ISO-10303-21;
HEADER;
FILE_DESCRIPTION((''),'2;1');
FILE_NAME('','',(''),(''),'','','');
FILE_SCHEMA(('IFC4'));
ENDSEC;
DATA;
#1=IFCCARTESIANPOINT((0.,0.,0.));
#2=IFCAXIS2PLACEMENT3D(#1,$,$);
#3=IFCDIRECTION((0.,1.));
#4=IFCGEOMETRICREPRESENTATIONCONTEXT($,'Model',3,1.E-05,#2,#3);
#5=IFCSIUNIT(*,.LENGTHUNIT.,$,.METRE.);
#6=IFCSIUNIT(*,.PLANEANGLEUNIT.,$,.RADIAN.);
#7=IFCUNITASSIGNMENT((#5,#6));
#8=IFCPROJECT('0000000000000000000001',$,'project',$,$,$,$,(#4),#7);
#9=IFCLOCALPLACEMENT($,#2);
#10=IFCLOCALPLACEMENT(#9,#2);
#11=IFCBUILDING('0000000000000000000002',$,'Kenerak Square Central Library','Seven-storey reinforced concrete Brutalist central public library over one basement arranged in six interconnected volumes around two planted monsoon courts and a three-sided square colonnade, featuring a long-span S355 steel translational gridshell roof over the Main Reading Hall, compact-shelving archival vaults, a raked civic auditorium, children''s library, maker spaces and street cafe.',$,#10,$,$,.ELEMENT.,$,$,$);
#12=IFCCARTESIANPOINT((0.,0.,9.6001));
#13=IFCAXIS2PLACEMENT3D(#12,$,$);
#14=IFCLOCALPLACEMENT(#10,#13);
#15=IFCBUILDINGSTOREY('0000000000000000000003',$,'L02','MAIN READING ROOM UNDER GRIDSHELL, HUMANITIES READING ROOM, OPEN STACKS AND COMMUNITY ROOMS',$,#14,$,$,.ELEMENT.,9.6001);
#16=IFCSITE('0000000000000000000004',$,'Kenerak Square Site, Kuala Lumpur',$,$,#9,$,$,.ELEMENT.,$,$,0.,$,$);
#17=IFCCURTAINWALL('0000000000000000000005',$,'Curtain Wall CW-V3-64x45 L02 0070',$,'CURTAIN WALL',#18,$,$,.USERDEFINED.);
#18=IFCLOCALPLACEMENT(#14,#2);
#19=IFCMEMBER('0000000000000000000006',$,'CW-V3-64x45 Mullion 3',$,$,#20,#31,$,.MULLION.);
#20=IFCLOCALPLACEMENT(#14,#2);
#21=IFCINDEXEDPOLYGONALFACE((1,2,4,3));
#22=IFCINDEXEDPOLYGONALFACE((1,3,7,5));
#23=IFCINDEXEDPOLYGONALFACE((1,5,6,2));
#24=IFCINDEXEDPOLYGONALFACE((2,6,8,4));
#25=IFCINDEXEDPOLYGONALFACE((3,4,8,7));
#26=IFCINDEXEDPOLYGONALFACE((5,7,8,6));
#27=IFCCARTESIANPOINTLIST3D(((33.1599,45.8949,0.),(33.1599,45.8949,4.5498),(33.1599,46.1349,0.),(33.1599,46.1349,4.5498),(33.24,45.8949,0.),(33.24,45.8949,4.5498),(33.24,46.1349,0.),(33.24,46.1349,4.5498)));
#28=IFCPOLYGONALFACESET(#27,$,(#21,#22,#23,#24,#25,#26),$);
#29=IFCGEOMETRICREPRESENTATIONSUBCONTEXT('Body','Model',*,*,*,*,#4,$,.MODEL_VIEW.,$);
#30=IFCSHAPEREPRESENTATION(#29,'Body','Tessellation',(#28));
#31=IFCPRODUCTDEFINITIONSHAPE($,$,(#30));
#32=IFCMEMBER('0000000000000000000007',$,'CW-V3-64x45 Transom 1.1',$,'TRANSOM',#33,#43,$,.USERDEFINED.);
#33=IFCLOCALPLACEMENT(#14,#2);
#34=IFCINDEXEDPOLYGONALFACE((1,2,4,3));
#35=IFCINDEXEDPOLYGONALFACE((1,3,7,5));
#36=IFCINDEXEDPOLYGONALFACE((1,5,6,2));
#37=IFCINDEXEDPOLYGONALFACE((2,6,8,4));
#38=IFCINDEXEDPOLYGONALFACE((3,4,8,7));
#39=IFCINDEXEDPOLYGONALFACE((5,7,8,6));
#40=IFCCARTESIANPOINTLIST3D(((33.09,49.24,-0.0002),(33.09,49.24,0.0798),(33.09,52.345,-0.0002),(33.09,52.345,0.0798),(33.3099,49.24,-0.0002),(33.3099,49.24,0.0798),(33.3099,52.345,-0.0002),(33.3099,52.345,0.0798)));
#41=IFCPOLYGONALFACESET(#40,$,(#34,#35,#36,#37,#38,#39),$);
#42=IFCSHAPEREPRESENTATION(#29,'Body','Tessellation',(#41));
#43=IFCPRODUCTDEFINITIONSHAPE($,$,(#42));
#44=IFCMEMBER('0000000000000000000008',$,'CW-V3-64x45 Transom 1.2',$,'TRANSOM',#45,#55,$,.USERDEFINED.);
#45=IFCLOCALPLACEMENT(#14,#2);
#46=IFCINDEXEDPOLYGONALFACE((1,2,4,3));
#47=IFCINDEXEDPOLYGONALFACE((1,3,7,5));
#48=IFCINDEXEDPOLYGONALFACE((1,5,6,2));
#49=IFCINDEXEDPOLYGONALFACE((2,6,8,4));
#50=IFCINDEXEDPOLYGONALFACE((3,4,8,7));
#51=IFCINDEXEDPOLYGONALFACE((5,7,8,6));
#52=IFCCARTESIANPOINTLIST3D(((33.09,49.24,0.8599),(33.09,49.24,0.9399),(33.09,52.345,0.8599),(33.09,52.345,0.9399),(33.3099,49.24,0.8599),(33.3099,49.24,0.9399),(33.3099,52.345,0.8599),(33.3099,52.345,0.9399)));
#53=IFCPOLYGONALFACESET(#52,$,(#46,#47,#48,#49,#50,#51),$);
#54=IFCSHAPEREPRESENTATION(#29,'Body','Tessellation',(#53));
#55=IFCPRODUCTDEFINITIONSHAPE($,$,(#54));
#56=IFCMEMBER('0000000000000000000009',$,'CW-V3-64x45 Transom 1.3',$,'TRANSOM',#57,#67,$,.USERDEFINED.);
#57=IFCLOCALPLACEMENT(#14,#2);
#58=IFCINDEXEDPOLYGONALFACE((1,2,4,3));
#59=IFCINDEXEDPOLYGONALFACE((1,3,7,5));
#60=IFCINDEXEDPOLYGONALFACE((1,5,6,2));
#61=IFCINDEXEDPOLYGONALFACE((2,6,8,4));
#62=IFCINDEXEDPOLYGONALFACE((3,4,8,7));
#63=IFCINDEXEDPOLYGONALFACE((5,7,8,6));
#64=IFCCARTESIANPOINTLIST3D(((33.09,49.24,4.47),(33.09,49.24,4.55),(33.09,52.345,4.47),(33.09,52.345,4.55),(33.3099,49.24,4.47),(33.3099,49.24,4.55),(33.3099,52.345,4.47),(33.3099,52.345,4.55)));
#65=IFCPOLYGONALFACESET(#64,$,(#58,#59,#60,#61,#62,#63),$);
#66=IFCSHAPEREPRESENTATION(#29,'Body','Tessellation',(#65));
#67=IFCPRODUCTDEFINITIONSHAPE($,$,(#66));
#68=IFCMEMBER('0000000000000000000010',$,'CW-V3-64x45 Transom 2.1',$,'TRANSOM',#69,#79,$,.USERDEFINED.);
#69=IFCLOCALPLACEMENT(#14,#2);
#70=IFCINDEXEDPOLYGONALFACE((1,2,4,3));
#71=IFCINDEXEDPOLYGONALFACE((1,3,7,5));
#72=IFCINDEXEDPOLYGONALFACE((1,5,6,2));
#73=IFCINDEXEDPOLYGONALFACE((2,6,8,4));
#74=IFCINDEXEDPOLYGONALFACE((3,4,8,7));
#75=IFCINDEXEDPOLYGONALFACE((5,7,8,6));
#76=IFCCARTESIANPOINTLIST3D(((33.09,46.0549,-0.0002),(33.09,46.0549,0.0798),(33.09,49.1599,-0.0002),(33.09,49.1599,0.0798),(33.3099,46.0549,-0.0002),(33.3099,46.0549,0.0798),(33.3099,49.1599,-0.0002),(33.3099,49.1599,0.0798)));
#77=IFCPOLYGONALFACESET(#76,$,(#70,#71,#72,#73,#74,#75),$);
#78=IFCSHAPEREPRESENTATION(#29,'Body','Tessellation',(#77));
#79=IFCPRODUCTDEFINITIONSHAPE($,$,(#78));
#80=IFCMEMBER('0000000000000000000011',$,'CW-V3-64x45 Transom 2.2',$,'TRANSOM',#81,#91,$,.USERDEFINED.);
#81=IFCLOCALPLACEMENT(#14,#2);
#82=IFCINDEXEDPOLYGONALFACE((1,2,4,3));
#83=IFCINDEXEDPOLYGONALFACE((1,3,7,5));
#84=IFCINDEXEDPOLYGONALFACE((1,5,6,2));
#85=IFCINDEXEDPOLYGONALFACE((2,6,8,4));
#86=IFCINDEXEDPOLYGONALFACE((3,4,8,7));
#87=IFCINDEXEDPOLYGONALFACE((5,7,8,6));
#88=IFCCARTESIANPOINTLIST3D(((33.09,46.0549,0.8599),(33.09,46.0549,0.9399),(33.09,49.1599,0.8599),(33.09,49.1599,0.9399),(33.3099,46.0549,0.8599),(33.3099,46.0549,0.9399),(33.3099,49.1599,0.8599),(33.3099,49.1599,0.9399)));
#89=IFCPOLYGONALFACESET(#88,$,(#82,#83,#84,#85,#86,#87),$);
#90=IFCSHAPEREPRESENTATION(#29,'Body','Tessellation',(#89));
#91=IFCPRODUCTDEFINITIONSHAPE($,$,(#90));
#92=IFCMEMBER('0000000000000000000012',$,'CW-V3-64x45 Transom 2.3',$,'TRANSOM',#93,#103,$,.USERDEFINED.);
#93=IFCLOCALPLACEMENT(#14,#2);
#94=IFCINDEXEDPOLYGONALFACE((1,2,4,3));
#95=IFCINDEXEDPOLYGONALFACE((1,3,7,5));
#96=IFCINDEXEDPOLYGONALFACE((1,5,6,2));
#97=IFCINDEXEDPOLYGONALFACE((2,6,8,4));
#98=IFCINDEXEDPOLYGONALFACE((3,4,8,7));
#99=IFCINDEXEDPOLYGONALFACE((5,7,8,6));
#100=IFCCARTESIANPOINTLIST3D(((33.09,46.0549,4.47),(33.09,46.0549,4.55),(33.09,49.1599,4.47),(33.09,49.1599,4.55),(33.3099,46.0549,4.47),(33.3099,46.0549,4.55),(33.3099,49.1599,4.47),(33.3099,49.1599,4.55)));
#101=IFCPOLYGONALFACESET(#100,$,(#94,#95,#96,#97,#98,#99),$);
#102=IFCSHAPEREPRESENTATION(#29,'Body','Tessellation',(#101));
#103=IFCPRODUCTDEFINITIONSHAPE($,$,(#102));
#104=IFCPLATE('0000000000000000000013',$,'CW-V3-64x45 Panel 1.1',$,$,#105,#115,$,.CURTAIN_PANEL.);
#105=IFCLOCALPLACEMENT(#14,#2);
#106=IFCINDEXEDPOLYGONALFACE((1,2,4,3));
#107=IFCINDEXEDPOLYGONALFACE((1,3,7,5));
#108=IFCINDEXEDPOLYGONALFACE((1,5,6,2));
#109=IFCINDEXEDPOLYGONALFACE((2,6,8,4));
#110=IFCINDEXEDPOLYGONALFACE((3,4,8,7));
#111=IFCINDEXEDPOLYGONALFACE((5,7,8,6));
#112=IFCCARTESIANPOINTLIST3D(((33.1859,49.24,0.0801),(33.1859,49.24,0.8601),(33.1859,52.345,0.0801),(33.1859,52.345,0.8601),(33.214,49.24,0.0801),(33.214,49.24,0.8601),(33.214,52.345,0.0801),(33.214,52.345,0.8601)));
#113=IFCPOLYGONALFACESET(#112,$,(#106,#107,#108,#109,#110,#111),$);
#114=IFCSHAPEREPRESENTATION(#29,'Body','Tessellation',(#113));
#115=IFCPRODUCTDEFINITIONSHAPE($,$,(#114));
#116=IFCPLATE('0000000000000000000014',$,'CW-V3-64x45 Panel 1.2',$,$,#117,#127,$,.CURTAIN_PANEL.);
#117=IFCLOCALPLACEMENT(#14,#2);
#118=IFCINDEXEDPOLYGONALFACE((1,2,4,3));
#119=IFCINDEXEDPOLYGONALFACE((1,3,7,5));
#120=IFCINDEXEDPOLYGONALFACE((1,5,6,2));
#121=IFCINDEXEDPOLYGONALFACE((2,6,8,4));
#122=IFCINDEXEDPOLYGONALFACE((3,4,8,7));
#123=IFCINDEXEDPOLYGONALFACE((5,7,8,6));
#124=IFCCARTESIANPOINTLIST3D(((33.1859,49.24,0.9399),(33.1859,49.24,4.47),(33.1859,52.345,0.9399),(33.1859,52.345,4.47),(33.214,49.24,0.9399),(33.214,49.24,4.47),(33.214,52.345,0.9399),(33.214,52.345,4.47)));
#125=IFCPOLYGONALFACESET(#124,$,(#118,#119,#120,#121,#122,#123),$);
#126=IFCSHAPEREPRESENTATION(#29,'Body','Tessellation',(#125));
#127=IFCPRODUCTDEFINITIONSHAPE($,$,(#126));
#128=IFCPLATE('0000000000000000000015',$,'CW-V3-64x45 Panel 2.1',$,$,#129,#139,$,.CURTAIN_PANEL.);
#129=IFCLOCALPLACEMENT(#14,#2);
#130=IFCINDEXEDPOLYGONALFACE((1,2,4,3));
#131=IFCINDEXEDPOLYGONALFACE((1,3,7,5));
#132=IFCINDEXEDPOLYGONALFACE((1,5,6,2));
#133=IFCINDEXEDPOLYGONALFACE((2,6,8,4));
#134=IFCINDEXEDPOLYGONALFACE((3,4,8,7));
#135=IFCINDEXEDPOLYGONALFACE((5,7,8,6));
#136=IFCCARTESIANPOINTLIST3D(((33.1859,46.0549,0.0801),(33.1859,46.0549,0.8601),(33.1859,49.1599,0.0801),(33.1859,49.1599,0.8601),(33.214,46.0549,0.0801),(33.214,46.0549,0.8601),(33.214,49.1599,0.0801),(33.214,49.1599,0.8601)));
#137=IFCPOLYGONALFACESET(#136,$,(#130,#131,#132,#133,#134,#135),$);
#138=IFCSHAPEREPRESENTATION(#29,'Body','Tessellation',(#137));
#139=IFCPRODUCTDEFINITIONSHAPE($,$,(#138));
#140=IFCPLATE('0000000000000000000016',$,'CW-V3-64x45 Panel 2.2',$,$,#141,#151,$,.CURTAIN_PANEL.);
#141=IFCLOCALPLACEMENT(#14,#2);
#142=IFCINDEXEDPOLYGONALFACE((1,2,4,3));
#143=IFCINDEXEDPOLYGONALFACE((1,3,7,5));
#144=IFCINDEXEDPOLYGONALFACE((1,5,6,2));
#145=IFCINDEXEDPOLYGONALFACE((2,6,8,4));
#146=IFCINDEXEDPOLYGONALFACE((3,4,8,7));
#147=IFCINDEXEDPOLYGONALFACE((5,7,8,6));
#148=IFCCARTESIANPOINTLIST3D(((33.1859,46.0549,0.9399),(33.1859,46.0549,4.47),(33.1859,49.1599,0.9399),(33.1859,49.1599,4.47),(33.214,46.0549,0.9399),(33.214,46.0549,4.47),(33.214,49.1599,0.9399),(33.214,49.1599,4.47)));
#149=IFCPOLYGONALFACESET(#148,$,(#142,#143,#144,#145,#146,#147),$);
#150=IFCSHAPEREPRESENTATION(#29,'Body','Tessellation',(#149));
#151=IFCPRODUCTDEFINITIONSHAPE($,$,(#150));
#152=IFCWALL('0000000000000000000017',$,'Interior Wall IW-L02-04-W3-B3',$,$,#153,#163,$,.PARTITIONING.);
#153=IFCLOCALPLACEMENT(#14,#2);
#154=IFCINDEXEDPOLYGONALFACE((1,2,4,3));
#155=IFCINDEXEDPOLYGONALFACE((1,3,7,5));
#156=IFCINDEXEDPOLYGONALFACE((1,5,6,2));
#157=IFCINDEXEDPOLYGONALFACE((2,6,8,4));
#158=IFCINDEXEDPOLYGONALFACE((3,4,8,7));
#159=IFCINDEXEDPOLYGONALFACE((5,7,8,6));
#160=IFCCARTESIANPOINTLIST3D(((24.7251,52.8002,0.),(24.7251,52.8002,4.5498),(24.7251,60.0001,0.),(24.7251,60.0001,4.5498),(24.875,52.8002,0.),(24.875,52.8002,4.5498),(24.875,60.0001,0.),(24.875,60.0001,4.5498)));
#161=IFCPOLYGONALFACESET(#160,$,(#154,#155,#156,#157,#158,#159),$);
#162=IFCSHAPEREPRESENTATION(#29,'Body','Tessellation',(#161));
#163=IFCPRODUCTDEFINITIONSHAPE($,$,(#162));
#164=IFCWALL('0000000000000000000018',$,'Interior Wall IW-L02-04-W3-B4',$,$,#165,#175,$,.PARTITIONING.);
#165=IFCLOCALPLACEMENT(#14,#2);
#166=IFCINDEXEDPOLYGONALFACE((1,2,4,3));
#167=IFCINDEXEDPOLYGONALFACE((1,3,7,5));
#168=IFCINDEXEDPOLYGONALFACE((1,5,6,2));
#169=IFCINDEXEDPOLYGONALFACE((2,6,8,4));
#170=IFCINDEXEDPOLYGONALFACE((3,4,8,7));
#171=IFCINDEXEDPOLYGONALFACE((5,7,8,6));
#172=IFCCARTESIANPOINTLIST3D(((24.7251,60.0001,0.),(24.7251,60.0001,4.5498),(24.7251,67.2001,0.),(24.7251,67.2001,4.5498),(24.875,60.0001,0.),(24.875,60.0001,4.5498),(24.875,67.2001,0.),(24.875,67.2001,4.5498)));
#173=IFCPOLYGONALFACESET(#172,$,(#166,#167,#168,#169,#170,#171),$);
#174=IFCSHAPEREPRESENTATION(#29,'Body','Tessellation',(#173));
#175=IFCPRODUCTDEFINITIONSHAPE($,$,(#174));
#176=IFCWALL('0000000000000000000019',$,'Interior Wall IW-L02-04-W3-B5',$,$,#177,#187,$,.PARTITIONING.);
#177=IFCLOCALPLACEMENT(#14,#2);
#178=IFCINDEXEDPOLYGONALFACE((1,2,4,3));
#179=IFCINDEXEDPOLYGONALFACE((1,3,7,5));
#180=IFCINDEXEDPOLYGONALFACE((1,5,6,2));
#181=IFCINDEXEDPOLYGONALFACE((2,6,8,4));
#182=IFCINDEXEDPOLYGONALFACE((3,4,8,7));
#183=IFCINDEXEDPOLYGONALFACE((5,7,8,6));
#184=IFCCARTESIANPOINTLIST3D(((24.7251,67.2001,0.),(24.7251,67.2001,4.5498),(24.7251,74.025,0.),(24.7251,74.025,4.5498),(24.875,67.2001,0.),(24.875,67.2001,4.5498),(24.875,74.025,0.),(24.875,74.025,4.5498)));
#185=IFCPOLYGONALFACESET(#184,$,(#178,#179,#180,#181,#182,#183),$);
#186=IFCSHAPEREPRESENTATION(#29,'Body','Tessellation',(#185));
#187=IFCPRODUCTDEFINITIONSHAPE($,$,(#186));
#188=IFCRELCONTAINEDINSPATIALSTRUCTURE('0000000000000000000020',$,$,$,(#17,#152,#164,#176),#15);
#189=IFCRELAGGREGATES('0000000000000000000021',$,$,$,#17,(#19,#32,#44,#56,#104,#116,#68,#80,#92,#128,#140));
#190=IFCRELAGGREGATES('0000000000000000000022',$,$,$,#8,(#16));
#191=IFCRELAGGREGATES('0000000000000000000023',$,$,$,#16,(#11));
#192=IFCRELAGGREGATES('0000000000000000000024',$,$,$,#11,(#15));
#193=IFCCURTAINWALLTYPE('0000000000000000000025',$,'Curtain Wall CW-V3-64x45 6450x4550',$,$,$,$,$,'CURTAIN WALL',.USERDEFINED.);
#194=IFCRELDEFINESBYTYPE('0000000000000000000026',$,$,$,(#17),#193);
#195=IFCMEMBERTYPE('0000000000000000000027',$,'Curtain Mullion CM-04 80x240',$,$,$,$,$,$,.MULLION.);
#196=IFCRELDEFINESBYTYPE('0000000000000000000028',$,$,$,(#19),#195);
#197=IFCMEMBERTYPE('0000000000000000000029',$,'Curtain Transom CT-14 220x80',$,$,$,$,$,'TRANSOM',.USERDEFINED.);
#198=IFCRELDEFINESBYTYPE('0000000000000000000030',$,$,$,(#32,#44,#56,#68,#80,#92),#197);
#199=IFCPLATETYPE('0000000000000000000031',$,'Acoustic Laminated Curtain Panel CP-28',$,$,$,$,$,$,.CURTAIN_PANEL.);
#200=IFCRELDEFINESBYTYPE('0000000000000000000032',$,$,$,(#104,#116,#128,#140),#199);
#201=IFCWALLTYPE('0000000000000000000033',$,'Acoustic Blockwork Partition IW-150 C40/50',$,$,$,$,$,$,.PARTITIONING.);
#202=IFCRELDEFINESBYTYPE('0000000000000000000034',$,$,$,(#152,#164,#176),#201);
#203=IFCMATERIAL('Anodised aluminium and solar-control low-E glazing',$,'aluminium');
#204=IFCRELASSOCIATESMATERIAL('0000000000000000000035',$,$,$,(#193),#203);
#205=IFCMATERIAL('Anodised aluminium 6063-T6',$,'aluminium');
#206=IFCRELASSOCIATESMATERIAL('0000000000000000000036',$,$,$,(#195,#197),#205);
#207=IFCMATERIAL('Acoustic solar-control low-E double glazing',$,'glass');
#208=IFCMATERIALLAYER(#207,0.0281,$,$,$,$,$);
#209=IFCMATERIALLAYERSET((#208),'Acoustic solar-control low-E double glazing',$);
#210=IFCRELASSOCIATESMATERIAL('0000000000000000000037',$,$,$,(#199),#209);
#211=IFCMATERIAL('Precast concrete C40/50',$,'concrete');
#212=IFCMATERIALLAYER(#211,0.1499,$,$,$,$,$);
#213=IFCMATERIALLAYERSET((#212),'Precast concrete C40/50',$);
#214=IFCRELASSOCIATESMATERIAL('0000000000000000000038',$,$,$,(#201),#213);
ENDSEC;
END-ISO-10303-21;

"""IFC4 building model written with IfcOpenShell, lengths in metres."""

from ifc_helpers import new_model, si_unit, direction, frame, frame_2d, origin, origin_2d, place, context, subcontext, project, spatial, rectangle, extrude, material, layer, layer_set, material_profile, profile_set, type_object, element, aggregate, save


model = new_model("IFC4")

# Units and contexts
model_context = context("Model", 3, precision=1e-05, world=origin(), true_north=direction((0.0, 1.0)))
body_context = subcontext(model_context, "Body", "Model", "MODEL_VIEW")
ifc_project = project(units=[si_unit("LENGTHUNIT", "METRE"), si_unit("PLANEANGLEUNIT", "RADIAN")], contexts=[model_context])

# Site, building, storey
site_placement = place(None, origin())
site = spatial("IfcSite", under=ifc_project, at=site_placement, Name="Kenerak Square Site, Kuala Lumpur", CompositionType="ELEMENT", RefElevation=0.0)
building_placement = place(site_placement, origin())
building = spatial("IfcBuilding", under=site, at=building_placement, Name="Kenerak Square Central Library", Description="Seven-storey reinforced concrete Brutalist central public library over one basement arranged in six interconnected volumes around two planted monsoon courts and a three-sided square colonnade, featuring a long-span S355 steel translational gridshell roof over the Main Reading Hall, compact-shelving archival vaults, a raked civic auditorium, children's library, maker spaces and street cafe.", CompositionType="ELEMENT")
storey_placement = place(building_placement, frame((0.0, 0.0, 9.6001)))
storey = spatial("IfcBuildingStorey", under=building, at=storey_placement, Name="L02", Description="MAIN READING ROOM UNDER GRIDSHELL, HUMANITIES READING ROOM, OPEN STACKS AND COMMUNITY ROOMS", CompositionType="ELEMENT", Elevation=9.6001)

# Curtain wall, members, plates
ifc_material_1 = material(Name="Anodised aluminium and solar-control low-E glazing", Category="aluminium")
curtain_wall_type = type_object("IfcCurtainWallType", Name="Curtain Wall CW-V3-64x45 6450x4550", ElementType="CURTAIN WALL", PredefinedType="USERDEFINED", material=ifc_material_1)
curtain_wall_placement = place(storey_placement, origin())
curtain_wall = element("IfcCurtainWall", 1, at=curtain_wall_placement, inside=storey, type_object=curtain_wall_type, Name="Curtain Wall CW-V3-64x45 L02 0070", ObjectType="CURTAIN WALL", PredefinedType="USERDEFINED")
ifc_material_2 = material(Name="Anodised aluminium 6063-T6", Category="aluminium")
ifc_material_profile_1 = material_profile(ifc_material_2, rectangle(XDim=0.0801, YDim=0.24, at=origin_2d()), Name="AL MULLION 80x240")
ifc_profile_set_1 = profile_set([ifc_material_profile_1], Name="Anodised aluminium 6063-T6")
member_type_1 = type_object("IfcMemberType", Name="Curtain Mullion CM-04 80x240", PredefinedType="MULLION", material=ifc_profile_set_1)
member_1_placement = place(storey_placement, frame((33.2, 46.0149, 0.0), z_axis=(0.0, 0.0, 1.0), x_axis=(1.0, 0.0, 0.0)))
member_1 = element("IfcMember", 2, at=member_1_placement, type_object=member_type_1, Name="CW-V3-64x45 Mullion 3", PredefinedType="MULLION", context=body_context, shape_type="SweptSolid", body=[
    extrude(rectangle(XDim=0.0801, YDim=0.24, at=origin_2d()), origin(), (0.0, 0.0, 1.0), 4.5498),
])
ifc_material_profile_2 = material_profile(ifc_material_2, rectangle(XDim=0.22, YDim=0.0801, at=origin_2d()), Name="AL TRANSOM 220x80")
ifc_profile_set_2 = profile_set([ifc_material_profile_2], Name="Anodised aluminium 6063-T6")
member_type_2 = type_object("IfcMemberType", Name="Curtain Transom CT-14 220x80", ElementType="TRANSOM", PredefinedType="USERDEFINED", material=ifc_profile_set_2)
member_2_placement = place(storey_placement, frame((33.2, 52.345, 0.0398), z_axis=(0.0, -1.0, 0.0), x_axis=(1.0, 0.0, 0.0)))
member_2 = element("IfcMember", 3, at=member_2_placement, type_object=member_type_2, Name="CW-V3-64x45 Transom 1.1", ObjectType="TRANSOM", PredefinedType="USERDEFINED", context=body_context, shape_type="SweptSolid", body=[
    extrude(rectangle(XDim=0.22, YDim=0.0801, at=origin_2d()), origin(), (0.0, 0.0, 1.0), 3.105),
])
member_3_placement = place(storey_placement, frame((33.2, 52.345, 0.8999), z_axis=(0.0, -1.0, 0.0), x_axis=(1.0, 0.0, 0.0)))
member_3 = element("IfcMember", 4, at=member_3_placement, type_object=member_type_2, Name="CW-V3-64x45 Transom 1.2", ObjectType="TRANSOM", PredefinedType="USERDEFINED", context=body_context, shape_type="SweptSolid", body=[
    extrude(rectangle(XDim=0.22, YDim=0.0801, at=origin_2d()), origin(), (0.0, 0.0, 1.0), 3.105),
])
member_4_placement = place(storey_placement, frame((33.2, 52.345, 4.51), z_axis=(0.0, -1.0, 0.0), x_axis=(1.0, 0.0, 0.0)))
member_4 = element("IfcMember", 5, at=member_4_placement, type_object=member_type_2, Name="CW-V3-64x45 Transom 1.3", ObjectType="TRANSOM", PredefinedType="USERDEFINED", context=body_context, shape_type="SweptSolid", body=[
    extrude(rectangle(XDim=0.22, YDim=0.0801, at=origin_2d()), origin(), (0.0, 0.0, 1.0), 3.105),
])
member_5_placement = place(storey_placement, frame((33.2, 49.1599, 0.0398), z_axis=(0.0, -1.0, 0.0), x_axis=(1.0, 0.0, 0.0)))
member_5 = element("IfcMember", 6, at=member_5_placement, type_object=member_type_2, Name="CW-V3-64x45 Transom 2.1", ObjectType="TRANSOM", PredefinedType="USERDEFINED", context=body_context, shape_type="SweptSolid", body=[
    extrude(rectangle(XDim=0.22, YDim=0.0801, at=origin_2d()), origin(), (0.0, 0.0, 1.0), 3.105),
])
member_6_placement = place(storey_placement, frame((33.2, 49.1599, 0.8999), z_axis=(0.0, -1.0, 0.0), x_axis=(1.0, 0.0, 0.0)))
member_6 = element("IfcMember", 7, at=member_6_placement, type_object=member_type_2, Name="CW-V3-64x45 Transom 2.2", ObjectType="TRANSOM", PredefinedType="USERDEFINED", context=body_context, shape_type="SweptSolid", body=[
    extrude(rectangle(XDim=0.22, YDim=0.0801, at=origin_2d()), origin(), (0.0, 0.0, 1.0), 3.105),
])
member_7_placement = place(storey_placement, frame((33.2, 49.1599, 4.51), z_axis=(0.0, -1.0, 0.0), x_axis=(1.0, 0.0, 0.0)))
member_7 = element("IfcMember", 8, at=member_7_placement, type_object=member_type_2, Name="CW-V3-64x45 Transom 2.3", ObjectType="TRANSOM", PredefinedType="USERDEFINED", context=body_context, shape_type="SweptSolid", body=[
    extrude(rectangle(XDim=0.22, YDim=0.0801, at=origin_2d()), origin(), (0.0, 0.0, 1.0), 3.105),
])
ifc_material_3 = material(Name="Acoustic solar-control low-E double glazing", Category="glass")
ifc_layer_1 = layer(ifc_material_3, 0.0281)
ifc_layer_set_1 = layer_set([ifc_layer_1], Name="Acoustic solar-control low-E double glazing")
plate_type = type_object("IfcPlateType", Name="Acoustic Laminated Curtain Panel CP-28", PredefinedType="CURTAIN_PANEL", material=ifc_layer_set_1)
plate_1_placement = place(storey_placement, frame((33.2, 50.7925, 0.0801), z_axis=(0.0, 0.0, 1.0), x_axis=(0.0, -1.0, 0.0)))
plate_1 = element("IfcPlate", 9, at=plate_1_placement, type_object=plate_type, Name="CW-V3-64x45 Panel 1.1", PredefinedType="CURTAIN_PANEL", context=body_context, shape_type="SweptSolid", body=[
    extrude(rectangle(XDim=3.105, YDim=0.0281, at=origin_2d()), origin(), (0.0, 0.0, 1.0), 0.78),
])
plate_2_placement = place(storey_placement, frame((33.2, 50.7925, 0.9399), z_axis=(0.0, 0.0, 1.0), x_axis=(0.0, -1.0, 0.0)))
plate_2 = element("IfcPlate", 10, at=plate_2_placement, type_object=plate_type, Name="CW-V3-64x45 Panel 1.2", PredefinedType="CURTAIN_PANEL", context=body_context, shape_type="SweptSolid", body=[
    extrude(rectangle(XDim=3.105, YDim=0.0281, at=origin_2d()), origin(), (0.0, 0.0, 1.0), 3.53),
])
plate_3_placement = place(storey_placement, frame((33.2, 47.6074, 0.0801), z_axis=(0.0, 0.0, 1.0), x_axis=(0.0, -1.0, 0.0)))
plate_3 = element("IfcPlate", 11, at=plate_3_placement, type_object=plate_type, Name="CW-V3-64x45 Panel 2.1", PredefinedType="CURTAIN_PANEL", context=body_context, shape_type="SweptSolid", body=[
    extrude(rectangle(XDim=3.105, YDim=0.0281, at=origin_2d()), origin(), (0.0, 0.0, 1.0), 0.78),
])
plate_4_placement = place(storey_placement, frame((33.2, 47.6074, 0.9399), z_axis=(0.0, 0.0, 1.0), x_axis=(0.0, -1.0, 0.0)))
plate_4 = element("IfcPlate", 12, at=plate_4_placement, type_object=plate_type, Name="CW-V3-64x45 Panel 2.2", PredefinedType="CURTAIN_PANEL", context=body_context, shape_type="SweptSolid", body=[
    extrude(rectangle(XDim=3.105, YDim=0.0281, at=origin_2d()), origin(), (0.0, 0.0, 1.0), 3.53),
])
aggregate(curtain_wall, [member_1, member_2, member_3, member_4, plate_1, plate_2, member_5, member_6, member_7, plate_3, plate_4])

# Walls
ifc_material_4 = material(Name="Precast concrete C40/50", Category="concrete")
ifc_layer_2 = layer(ifc_material_4, 0.1499)
ifc_layer_set_2 = layer_set([ifc_layer_2], Name="Precast concrete C40/50")
wall_type_1 = type_object("IfcWallType", Name="Acoustic Blockwork Partition IW-150 C40/50", PredefinedType="PARTITIONING", material=ifc_layer_set_2)
for number, where, z_axis, x_axis, name in (
    (13, (24.8, 52.8, 0.0), (0.0, 0.0, 1.0), (0.0, 1.0, 0.0), "Interior Wall IW-L02-04-W3-B3"),
    (14, (24.8, 60.0, 0.0), (0.0, 0.0, 1.0), (0.0, 1.0, 0.0), "Interior Wall IW-L02-04-W3-B4"),
):
    element("IfcWall", number, at=place(storey_placement, frame(where, z_axis=z_axis, x_axis=x_axis)), inside=storey, type_object=wall_type_1, Name=name, PredefinedType="PARTITIONING", context=body_context, shape_type="SweptSolid", body=[
        extrude(rectangle(XDim=7.2, YDim=0.1499, at=frame_2d((3.6001, 0.0))), origin(), (0.0, 0.0, 1.0), 4.5498),
    ])
wall_1_placement = place(storey_placement, frame((24.8, 67.2, 0.0), z_axis=(0.0, 0.0, 1.0), x_axis=(0.0, 1.0, 0.0)))
element("IfcWall", 15, at=wall_1_placement, inside=storey, type_object=wall_type_1, Name="Interior Wall IW-L02-04-W3-B5", PredefinedType="PARTITIONING", context=body_context, shape_type="SweptSolid", body=[
    extrude(rectangle(XDim=6.825, YDim=0.1499, at=frame_2d((3.4126, 0.0))), origin(), (0.0, 0.0, 1.0), 4.5498),
])

save(model, "model.ifc")
